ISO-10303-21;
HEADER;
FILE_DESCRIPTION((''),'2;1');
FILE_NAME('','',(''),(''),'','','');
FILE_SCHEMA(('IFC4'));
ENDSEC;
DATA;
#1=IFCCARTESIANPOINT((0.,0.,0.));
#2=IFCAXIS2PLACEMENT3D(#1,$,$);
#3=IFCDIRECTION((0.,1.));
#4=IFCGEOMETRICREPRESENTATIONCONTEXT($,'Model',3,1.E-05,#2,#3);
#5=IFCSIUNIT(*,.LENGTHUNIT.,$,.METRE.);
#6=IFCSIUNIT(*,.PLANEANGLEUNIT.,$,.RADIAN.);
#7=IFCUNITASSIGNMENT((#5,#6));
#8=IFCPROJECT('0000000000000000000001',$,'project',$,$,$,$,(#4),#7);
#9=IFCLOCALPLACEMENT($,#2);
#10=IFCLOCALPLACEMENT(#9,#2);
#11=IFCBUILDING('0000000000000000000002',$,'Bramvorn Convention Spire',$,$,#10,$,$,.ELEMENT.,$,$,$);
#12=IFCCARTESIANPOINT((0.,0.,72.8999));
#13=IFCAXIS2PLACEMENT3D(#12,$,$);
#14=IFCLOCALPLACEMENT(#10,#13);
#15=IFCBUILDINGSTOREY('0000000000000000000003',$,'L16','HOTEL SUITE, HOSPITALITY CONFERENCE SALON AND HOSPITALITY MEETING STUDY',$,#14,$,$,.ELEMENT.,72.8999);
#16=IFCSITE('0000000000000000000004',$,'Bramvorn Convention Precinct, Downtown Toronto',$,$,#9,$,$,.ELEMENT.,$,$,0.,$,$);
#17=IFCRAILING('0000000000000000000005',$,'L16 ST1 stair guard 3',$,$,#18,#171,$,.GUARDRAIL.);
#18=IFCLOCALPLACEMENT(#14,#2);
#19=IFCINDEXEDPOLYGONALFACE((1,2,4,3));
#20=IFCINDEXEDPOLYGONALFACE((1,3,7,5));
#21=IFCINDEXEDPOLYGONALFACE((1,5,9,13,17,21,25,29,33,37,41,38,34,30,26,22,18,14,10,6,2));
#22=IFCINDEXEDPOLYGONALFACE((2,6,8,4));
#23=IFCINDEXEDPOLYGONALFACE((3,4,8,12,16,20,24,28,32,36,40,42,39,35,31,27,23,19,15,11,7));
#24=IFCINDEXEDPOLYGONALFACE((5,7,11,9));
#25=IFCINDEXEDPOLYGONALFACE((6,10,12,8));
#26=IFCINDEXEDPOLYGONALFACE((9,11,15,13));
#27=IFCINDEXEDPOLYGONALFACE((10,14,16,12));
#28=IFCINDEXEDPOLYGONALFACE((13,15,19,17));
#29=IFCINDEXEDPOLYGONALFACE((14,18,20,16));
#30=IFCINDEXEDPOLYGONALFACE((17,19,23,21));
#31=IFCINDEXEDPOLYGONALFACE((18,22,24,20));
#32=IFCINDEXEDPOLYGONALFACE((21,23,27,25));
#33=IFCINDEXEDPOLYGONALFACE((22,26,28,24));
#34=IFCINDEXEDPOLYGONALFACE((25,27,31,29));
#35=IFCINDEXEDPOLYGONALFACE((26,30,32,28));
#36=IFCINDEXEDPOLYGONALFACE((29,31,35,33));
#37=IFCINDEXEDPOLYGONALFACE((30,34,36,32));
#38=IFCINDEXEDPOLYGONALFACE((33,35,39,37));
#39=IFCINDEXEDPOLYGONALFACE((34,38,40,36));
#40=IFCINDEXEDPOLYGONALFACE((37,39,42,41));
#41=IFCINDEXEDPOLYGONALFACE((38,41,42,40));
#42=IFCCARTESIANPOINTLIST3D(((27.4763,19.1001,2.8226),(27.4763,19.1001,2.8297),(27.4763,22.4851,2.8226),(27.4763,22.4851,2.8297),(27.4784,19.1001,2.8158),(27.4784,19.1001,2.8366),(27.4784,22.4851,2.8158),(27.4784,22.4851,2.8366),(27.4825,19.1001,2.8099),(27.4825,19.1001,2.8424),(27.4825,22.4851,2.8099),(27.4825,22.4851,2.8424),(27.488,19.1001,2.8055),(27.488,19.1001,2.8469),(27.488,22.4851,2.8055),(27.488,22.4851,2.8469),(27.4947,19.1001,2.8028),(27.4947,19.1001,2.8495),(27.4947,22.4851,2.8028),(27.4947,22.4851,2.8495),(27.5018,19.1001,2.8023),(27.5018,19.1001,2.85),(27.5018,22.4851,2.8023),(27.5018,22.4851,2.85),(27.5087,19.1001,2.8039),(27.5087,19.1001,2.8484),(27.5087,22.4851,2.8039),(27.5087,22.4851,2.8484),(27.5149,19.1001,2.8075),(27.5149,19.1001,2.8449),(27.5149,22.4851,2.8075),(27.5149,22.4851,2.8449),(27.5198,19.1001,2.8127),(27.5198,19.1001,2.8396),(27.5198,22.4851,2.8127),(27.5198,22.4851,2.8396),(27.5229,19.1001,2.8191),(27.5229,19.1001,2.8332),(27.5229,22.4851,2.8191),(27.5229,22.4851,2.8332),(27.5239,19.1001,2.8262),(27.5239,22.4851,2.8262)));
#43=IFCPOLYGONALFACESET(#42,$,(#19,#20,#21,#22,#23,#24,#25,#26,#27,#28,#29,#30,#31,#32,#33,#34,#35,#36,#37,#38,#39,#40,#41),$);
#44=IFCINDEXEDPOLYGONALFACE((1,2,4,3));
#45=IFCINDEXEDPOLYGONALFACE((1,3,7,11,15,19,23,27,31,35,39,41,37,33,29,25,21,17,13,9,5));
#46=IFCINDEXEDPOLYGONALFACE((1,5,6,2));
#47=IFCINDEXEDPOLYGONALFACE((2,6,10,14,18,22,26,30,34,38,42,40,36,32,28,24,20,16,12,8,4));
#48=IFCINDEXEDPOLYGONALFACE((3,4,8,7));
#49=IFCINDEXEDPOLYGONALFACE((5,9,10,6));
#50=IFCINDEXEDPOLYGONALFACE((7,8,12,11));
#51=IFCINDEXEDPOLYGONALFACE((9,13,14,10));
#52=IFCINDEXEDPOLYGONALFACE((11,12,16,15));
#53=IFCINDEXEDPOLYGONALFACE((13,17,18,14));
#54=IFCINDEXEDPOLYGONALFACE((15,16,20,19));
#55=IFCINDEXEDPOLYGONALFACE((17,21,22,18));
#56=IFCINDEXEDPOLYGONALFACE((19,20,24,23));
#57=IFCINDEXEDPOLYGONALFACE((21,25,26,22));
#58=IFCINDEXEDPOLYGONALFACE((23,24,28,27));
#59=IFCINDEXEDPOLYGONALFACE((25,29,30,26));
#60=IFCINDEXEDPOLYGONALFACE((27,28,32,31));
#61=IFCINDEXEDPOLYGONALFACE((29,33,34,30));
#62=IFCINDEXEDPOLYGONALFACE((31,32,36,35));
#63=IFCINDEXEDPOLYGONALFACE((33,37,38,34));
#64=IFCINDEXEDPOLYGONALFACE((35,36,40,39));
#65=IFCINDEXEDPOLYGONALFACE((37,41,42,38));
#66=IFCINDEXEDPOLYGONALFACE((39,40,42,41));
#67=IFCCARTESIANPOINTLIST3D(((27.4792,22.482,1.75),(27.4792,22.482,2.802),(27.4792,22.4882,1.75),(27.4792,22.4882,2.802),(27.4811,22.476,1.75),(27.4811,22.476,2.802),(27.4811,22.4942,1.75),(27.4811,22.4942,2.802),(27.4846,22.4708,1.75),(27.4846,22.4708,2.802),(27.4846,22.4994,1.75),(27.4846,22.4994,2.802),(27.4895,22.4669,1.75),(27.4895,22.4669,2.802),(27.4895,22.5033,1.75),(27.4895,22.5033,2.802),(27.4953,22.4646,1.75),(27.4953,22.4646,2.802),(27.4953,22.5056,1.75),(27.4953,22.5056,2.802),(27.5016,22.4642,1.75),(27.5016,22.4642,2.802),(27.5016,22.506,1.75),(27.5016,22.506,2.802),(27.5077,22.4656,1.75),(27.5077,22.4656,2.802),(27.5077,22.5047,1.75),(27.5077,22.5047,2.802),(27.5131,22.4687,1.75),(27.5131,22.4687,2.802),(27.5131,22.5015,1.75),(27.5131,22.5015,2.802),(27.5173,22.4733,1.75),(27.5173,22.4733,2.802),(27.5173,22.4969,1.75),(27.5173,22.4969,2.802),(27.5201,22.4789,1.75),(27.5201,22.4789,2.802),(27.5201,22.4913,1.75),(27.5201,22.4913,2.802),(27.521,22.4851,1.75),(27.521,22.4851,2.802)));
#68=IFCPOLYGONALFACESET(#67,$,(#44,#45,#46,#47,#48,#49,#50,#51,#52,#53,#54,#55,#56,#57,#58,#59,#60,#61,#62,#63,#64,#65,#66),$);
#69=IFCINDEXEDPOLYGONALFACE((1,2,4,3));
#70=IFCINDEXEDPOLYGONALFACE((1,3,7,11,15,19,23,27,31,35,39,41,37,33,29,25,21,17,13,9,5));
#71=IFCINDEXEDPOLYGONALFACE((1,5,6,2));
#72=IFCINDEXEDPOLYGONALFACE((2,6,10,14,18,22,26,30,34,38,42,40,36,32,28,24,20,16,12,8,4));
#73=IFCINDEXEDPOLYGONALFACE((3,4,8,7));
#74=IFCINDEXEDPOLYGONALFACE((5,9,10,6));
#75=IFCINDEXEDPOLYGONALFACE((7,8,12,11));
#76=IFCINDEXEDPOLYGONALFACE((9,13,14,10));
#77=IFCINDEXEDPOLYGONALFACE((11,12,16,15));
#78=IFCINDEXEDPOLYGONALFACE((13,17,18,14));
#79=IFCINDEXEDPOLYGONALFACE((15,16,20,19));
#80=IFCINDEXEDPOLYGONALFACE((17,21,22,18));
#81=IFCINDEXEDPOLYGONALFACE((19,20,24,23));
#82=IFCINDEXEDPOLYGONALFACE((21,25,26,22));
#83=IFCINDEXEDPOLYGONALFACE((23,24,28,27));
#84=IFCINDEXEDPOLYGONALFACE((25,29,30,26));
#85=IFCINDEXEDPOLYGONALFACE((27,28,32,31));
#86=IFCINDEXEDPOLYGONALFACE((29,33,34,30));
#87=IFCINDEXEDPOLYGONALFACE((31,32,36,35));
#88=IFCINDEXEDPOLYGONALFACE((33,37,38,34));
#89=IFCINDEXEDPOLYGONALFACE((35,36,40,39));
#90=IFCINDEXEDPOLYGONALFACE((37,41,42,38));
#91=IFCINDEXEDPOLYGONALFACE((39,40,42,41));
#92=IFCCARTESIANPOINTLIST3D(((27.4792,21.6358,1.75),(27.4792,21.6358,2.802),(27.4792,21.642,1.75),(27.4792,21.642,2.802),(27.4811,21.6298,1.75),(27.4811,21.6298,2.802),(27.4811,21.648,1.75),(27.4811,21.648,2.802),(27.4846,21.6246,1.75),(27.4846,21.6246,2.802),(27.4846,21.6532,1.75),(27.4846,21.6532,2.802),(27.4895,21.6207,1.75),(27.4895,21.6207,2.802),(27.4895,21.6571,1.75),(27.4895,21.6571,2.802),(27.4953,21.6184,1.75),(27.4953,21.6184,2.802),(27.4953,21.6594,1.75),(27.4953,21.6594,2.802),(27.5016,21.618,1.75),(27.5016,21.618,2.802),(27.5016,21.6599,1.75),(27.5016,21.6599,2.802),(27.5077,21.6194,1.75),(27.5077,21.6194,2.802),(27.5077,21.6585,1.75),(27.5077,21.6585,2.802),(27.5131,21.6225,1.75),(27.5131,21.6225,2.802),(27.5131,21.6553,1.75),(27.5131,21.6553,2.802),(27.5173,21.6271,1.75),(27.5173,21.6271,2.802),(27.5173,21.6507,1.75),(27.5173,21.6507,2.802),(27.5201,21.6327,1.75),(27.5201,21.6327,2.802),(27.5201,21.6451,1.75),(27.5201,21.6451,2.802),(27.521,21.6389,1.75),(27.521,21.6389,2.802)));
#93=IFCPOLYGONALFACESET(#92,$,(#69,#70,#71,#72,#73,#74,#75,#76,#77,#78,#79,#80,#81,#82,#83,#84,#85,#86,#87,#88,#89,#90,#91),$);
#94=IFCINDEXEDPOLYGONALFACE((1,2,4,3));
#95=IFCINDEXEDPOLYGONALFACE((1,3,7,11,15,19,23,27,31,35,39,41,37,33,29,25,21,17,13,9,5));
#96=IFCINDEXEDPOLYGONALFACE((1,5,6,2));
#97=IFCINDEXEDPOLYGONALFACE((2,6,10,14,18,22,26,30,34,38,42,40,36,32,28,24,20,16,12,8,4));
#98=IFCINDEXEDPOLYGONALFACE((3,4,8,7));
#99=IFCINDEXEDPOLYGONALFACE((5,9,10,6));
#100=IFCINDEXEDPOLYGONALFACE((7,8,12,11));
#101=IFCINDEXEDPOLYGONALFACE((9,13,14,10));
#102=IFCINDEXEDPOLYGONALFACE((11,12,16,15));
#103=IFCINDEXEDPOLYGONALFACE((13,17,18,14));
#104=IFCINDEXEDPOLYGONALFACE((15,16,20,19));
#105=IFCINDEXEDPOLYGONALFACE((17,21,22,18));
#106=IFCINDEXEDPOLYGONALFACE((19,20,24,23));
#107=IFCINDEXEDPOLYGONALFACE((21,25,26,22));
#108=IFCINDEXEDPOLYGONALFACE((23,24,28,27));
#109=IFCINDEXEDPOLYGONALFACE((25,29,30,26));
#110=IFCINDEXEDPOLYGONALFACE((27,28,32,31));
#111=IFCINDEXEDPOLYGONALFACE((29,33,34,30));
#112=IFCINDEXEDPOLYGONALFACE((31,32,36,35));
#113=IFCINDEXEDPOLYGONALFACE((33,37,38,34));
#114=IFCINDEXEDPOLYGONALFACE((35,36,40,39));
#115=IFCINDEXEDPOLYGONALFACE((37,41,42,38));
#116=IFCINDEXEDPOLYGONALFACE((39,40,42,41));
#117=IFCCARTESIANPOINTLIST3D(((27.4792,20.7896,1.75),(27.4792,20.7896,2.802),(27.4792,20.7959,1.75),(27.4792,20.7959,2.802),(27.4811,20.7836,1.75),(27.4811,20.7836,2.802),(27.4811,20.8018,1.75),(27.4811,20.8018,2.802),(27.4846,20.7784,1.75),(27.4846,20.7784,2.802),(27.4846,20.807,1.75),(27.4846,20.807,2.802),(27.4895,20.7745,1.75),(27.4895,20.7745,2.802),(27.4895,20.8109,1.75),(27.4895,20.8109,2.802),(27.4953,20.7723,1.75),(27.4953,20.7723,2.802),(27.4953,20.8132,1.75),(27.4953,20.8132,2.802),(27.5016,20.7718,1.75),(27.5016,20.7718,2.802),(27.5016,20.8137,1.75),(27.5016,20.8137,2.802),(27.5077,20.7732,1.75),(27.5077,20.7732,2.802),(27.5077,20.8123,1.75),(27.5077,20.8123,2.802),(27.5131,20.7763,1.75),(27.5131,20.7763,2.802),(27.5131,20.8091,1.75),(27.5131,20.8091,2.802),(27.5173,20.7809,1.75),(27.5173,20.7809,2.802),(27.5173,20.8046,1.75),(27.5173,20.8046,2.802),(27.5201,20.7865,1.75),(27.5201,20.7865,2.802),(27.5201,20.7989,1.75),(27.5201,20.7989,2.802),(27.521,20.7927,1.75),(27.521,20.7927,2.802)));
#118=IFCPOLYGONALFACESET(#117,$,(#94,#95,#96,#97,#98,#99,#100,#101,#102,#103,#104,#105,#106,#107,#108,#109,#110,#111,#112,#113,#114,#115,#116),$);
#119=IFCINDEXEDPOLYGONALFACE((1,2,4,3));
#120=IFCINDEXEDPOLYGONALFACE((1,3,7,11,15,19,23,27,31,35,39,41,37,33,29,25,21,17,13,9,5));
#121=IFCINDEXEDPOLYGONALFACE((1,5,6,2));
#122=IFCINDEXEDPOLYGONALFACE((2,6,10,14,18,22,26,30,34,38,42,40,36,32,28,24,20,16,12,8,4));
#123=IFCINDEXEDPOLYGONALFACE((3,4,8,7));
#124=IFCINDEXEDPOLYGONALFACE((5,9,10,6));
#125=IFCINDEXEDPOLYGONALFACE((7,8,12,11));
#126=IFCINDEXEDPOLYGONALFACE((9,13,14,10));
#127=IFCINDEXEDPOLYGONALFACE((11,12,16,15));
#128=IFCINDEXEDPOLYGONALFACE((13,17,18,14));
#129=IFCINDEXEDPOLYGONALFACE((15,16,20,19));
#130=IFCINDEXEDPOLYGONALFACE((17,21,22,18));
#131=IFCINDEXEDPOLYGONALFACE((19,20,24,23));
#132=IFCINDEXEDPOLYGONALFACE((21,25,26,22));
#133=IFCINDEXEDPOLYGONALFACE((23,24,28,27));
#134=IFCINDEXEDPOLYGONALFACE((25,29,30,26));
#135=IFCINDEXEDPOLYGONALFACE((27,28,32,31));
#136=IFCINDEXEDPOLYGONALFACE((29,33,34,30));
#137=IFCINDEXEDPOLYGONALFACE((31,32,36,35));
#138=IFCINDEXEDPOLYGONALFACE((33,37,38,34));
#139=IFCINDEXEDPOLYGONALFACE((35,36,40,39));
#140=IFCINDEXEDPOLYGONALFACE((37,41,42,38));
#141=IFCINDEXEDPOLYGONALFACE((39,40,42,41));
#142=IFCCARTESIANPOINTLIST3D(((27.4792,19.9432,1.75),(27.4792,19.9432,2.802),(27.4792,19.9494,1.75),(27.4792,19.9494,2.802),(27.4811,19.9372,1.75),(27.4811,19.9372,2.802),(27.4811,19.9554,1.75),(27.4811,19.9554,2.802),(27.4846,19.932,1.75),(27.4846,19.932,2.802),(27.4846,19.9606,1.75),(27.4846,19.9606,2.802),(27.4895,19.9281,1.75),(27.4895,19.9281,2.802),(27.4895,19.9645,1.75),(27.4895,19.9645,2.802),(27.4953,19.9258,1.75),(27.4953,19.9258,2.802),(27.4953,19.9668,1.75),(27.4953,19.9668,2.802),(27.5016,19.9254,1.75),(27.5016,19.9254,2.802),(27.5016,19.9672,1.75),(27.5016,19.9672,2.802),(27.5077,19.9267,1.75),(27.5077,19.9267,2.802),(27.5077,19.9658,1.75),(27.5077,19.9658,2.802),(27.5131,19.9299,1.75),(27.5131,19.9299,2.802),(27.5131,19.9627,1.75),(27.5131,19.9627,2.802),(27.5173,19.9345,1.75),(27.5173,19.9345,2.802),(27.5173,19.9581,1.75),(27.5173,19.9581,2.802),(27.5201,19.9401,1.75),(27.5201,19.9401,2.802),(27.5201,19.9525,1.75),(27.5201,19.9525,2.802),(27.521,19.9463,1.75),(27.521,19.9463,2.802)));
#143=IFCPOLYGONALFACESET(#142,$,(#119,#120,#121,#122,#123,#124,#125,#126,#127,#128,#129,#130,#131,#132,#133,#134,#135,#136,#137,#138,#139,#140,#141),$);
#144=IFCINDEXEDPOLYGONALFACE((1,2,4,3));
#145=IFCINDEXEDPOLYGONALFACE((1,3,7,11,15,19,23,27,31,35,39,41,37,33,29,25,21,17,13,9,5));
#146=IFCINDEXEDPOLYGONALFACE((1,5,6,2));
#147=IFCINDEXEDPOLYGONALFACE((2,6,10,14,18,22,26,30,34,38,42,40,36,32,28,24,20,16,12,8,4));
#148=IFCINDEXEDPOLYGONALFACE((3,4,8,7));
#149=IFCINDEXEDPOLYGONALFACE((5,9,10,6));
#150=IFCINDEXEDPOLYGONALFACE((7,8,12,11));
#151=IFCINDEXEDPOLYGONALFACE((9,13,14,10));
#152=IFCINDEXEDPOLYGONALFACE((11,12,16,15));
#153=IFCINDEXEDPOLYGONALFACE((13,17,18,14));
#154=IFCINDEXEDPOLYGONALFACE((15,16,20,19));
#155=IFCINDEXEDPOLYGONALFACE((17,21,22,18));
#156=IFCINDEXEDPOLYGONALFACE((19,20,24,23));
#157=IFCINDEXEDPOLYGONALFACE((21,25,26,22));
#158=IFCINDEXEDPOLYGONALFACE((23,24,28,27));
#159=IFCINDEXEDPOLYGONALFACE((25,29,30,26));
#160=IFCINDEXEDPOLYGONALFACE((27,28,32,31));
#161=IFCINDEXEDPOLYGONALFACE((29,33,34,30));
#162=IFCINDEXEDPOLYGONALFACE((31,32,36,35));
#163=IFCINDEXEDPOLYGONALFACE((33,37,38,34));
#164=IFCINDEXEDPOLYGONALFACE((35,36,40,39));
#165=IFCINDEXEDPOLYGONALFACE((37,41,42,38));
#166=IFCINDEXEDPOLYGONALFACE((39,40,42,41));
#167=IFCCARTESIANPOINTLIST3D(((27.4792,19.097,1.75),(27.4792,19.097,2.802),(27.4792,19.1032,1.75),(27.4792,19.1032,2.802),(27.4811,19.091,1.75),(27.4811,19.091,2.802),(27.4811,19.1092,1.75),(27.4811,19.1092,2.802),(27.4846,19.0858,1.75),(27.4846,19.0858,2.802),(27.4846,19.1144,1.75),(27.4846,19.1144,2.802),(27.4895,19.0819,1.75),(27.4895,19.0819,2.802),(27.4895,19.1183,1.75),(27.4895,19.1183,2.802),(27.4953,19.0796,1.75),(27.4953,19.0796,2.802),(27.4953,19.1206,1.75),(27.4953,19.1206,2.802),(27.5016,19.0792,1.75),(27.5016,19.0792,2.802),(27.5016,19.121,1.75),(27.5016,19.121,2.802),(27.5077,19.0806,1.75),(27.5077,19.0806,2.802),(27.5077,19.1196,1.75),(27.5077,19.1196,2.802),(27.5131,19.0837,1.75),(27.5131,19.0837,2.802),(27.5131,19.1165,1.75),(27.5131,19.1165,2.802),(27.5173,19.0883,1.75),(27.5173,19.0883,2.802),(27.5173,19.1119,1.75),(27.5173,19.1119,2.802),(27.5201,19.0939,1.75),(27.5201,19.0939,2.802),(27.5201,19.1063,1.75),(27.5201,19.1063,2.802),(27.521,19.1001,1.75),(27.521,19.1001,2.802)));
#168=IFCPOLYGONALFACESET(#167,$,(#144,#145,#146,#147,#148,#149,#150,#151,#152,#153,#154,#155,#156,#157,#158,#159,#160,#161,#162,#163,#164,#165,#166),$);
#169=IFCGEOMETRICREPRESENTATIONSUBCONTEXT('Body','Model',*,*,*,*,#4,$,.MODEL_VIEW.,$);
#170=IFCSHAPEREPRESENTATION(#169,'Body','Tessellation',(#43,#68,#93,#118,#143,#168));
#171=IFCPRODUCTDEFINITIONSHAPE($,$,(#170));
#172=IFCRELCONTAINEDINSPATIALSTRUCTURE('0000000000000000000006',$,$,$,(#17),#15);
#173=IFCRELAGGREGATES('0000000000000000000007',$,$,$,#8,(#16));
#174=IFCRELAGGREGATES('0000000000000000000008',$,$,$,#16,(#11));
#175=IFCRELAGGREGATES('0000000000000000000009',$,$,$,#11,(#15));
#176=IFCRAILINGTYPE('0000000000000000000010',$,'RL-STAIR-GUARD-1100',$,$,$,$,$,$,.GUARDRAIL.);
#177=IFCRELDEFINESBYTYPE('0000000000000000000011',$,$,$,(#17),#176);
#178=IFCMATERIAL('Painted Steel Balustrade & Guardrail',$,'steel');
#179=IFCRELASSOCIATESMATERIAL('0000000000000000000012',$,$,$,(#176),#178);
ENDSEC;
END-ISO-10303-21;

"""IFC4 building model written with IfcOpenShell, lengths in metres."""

from ifc_helpers import new_model, si_unit, direction, frame, origin, origin_2d, place, context, subcontext, project, spatial, circle, extrude, material, type_object, element, save


model = new_model("IFC4")

# Units and contexts
model_context = context("Model", 3, precision=1e-05, world=origin(), true_north=direction((0.0, 1.0)))
body_context = subcontext(model_context, "Body", "Model", "MODEL_VIEW")
ifc_project = project(units=[si_unit("LENGTHUNIT", "METRE"), si_unit("PLANEANGLEUNIT", "RADIAN")], contexts=[model_context])

# Site, building, storey
site_placement = place(None, origin())
site = spatial("IfcSite", under=ifc_project, at=site_placement, Name="Bramvorn Convention Precinct, Downtown Toronto", CompositionType="ELEMENT", RefElevation=0.0)
building_placement = place(site_placement, origin())
building = spatial("IfcBuilding", under=site, at=building_placement, Name="Bramvorn Convention Spire", CompositionType="ELEMENT")
storey_placement = place(building_placement, frame((0.0, 0.0, 72.8999)))
storey = spatial("IfcBuildingStorey", under=building, at=storey_placement, Name="L16", Description="HOTEL SUITE, HOSPITALITY CONFERENCE SALON AND HOSPITALITY MEETING STUDY", CompositionType="ELEMENT", Elevation=72.8999)

# Railing
ifc_material_1 = material(Name="Painted Steel Balustrade & Guardrail", Category="steel")
railing_type_1 = type_object("IfcRailingType", Name="RL-STAIR-GUARD-1100", PredefinedType="GUARDRAIL", material=ifc_material_1)
for number, where, name in (
    (1, (27.5, 22.4851, 1.75), "L16 ST1 stair guard 3"),
):
    element("IfcRailing", number, at=place(storey_placement, frame(where)), inside=storey, type_object=railing_type_1, Name=name, PredefinedType="GUARDRAIL", context=body_context, shape_type="SweptSolid", body=[
        extrude(circle(Radius=0.0239, at=origin_2d()), frame((0.0, 0.0, 1.0762), z_axis=(0.0, -1.0, 0.0), x_axis=(1.0, 0.0, 0.0)), (0.0, 0.0, 1.0), 3.385),
        extrude(circle(Radius=0.021, at=origin_2d()), origin(), (0.0, 0.0, 1.0), 1.052),
        extrude(circle(Radius=0.021, at=origin_2d()), frame((0.0, -0.8462, 0.0)), (0.0, 0.0, 1.0), 1.052),
        extrude(circle(Radius=0.021, at=origin_2d()), frame((0.0, -1.6924, 0.0)), (0.0, 0.0, 1.0), 1.052),
        extrude(circle(Radius=0.021, at=origin_2d()), frame((0.0, -2.5388, 0.0)), (0.0, 0.0, 1.0), 1.052),
        extrude(circle(Radius=0.021, at=origin_2d()), frame((0.0, -3.385, 0.0)), (0.0, 0.0, 1.0), 1.052),
    ])

save(model, "model.ifc")
